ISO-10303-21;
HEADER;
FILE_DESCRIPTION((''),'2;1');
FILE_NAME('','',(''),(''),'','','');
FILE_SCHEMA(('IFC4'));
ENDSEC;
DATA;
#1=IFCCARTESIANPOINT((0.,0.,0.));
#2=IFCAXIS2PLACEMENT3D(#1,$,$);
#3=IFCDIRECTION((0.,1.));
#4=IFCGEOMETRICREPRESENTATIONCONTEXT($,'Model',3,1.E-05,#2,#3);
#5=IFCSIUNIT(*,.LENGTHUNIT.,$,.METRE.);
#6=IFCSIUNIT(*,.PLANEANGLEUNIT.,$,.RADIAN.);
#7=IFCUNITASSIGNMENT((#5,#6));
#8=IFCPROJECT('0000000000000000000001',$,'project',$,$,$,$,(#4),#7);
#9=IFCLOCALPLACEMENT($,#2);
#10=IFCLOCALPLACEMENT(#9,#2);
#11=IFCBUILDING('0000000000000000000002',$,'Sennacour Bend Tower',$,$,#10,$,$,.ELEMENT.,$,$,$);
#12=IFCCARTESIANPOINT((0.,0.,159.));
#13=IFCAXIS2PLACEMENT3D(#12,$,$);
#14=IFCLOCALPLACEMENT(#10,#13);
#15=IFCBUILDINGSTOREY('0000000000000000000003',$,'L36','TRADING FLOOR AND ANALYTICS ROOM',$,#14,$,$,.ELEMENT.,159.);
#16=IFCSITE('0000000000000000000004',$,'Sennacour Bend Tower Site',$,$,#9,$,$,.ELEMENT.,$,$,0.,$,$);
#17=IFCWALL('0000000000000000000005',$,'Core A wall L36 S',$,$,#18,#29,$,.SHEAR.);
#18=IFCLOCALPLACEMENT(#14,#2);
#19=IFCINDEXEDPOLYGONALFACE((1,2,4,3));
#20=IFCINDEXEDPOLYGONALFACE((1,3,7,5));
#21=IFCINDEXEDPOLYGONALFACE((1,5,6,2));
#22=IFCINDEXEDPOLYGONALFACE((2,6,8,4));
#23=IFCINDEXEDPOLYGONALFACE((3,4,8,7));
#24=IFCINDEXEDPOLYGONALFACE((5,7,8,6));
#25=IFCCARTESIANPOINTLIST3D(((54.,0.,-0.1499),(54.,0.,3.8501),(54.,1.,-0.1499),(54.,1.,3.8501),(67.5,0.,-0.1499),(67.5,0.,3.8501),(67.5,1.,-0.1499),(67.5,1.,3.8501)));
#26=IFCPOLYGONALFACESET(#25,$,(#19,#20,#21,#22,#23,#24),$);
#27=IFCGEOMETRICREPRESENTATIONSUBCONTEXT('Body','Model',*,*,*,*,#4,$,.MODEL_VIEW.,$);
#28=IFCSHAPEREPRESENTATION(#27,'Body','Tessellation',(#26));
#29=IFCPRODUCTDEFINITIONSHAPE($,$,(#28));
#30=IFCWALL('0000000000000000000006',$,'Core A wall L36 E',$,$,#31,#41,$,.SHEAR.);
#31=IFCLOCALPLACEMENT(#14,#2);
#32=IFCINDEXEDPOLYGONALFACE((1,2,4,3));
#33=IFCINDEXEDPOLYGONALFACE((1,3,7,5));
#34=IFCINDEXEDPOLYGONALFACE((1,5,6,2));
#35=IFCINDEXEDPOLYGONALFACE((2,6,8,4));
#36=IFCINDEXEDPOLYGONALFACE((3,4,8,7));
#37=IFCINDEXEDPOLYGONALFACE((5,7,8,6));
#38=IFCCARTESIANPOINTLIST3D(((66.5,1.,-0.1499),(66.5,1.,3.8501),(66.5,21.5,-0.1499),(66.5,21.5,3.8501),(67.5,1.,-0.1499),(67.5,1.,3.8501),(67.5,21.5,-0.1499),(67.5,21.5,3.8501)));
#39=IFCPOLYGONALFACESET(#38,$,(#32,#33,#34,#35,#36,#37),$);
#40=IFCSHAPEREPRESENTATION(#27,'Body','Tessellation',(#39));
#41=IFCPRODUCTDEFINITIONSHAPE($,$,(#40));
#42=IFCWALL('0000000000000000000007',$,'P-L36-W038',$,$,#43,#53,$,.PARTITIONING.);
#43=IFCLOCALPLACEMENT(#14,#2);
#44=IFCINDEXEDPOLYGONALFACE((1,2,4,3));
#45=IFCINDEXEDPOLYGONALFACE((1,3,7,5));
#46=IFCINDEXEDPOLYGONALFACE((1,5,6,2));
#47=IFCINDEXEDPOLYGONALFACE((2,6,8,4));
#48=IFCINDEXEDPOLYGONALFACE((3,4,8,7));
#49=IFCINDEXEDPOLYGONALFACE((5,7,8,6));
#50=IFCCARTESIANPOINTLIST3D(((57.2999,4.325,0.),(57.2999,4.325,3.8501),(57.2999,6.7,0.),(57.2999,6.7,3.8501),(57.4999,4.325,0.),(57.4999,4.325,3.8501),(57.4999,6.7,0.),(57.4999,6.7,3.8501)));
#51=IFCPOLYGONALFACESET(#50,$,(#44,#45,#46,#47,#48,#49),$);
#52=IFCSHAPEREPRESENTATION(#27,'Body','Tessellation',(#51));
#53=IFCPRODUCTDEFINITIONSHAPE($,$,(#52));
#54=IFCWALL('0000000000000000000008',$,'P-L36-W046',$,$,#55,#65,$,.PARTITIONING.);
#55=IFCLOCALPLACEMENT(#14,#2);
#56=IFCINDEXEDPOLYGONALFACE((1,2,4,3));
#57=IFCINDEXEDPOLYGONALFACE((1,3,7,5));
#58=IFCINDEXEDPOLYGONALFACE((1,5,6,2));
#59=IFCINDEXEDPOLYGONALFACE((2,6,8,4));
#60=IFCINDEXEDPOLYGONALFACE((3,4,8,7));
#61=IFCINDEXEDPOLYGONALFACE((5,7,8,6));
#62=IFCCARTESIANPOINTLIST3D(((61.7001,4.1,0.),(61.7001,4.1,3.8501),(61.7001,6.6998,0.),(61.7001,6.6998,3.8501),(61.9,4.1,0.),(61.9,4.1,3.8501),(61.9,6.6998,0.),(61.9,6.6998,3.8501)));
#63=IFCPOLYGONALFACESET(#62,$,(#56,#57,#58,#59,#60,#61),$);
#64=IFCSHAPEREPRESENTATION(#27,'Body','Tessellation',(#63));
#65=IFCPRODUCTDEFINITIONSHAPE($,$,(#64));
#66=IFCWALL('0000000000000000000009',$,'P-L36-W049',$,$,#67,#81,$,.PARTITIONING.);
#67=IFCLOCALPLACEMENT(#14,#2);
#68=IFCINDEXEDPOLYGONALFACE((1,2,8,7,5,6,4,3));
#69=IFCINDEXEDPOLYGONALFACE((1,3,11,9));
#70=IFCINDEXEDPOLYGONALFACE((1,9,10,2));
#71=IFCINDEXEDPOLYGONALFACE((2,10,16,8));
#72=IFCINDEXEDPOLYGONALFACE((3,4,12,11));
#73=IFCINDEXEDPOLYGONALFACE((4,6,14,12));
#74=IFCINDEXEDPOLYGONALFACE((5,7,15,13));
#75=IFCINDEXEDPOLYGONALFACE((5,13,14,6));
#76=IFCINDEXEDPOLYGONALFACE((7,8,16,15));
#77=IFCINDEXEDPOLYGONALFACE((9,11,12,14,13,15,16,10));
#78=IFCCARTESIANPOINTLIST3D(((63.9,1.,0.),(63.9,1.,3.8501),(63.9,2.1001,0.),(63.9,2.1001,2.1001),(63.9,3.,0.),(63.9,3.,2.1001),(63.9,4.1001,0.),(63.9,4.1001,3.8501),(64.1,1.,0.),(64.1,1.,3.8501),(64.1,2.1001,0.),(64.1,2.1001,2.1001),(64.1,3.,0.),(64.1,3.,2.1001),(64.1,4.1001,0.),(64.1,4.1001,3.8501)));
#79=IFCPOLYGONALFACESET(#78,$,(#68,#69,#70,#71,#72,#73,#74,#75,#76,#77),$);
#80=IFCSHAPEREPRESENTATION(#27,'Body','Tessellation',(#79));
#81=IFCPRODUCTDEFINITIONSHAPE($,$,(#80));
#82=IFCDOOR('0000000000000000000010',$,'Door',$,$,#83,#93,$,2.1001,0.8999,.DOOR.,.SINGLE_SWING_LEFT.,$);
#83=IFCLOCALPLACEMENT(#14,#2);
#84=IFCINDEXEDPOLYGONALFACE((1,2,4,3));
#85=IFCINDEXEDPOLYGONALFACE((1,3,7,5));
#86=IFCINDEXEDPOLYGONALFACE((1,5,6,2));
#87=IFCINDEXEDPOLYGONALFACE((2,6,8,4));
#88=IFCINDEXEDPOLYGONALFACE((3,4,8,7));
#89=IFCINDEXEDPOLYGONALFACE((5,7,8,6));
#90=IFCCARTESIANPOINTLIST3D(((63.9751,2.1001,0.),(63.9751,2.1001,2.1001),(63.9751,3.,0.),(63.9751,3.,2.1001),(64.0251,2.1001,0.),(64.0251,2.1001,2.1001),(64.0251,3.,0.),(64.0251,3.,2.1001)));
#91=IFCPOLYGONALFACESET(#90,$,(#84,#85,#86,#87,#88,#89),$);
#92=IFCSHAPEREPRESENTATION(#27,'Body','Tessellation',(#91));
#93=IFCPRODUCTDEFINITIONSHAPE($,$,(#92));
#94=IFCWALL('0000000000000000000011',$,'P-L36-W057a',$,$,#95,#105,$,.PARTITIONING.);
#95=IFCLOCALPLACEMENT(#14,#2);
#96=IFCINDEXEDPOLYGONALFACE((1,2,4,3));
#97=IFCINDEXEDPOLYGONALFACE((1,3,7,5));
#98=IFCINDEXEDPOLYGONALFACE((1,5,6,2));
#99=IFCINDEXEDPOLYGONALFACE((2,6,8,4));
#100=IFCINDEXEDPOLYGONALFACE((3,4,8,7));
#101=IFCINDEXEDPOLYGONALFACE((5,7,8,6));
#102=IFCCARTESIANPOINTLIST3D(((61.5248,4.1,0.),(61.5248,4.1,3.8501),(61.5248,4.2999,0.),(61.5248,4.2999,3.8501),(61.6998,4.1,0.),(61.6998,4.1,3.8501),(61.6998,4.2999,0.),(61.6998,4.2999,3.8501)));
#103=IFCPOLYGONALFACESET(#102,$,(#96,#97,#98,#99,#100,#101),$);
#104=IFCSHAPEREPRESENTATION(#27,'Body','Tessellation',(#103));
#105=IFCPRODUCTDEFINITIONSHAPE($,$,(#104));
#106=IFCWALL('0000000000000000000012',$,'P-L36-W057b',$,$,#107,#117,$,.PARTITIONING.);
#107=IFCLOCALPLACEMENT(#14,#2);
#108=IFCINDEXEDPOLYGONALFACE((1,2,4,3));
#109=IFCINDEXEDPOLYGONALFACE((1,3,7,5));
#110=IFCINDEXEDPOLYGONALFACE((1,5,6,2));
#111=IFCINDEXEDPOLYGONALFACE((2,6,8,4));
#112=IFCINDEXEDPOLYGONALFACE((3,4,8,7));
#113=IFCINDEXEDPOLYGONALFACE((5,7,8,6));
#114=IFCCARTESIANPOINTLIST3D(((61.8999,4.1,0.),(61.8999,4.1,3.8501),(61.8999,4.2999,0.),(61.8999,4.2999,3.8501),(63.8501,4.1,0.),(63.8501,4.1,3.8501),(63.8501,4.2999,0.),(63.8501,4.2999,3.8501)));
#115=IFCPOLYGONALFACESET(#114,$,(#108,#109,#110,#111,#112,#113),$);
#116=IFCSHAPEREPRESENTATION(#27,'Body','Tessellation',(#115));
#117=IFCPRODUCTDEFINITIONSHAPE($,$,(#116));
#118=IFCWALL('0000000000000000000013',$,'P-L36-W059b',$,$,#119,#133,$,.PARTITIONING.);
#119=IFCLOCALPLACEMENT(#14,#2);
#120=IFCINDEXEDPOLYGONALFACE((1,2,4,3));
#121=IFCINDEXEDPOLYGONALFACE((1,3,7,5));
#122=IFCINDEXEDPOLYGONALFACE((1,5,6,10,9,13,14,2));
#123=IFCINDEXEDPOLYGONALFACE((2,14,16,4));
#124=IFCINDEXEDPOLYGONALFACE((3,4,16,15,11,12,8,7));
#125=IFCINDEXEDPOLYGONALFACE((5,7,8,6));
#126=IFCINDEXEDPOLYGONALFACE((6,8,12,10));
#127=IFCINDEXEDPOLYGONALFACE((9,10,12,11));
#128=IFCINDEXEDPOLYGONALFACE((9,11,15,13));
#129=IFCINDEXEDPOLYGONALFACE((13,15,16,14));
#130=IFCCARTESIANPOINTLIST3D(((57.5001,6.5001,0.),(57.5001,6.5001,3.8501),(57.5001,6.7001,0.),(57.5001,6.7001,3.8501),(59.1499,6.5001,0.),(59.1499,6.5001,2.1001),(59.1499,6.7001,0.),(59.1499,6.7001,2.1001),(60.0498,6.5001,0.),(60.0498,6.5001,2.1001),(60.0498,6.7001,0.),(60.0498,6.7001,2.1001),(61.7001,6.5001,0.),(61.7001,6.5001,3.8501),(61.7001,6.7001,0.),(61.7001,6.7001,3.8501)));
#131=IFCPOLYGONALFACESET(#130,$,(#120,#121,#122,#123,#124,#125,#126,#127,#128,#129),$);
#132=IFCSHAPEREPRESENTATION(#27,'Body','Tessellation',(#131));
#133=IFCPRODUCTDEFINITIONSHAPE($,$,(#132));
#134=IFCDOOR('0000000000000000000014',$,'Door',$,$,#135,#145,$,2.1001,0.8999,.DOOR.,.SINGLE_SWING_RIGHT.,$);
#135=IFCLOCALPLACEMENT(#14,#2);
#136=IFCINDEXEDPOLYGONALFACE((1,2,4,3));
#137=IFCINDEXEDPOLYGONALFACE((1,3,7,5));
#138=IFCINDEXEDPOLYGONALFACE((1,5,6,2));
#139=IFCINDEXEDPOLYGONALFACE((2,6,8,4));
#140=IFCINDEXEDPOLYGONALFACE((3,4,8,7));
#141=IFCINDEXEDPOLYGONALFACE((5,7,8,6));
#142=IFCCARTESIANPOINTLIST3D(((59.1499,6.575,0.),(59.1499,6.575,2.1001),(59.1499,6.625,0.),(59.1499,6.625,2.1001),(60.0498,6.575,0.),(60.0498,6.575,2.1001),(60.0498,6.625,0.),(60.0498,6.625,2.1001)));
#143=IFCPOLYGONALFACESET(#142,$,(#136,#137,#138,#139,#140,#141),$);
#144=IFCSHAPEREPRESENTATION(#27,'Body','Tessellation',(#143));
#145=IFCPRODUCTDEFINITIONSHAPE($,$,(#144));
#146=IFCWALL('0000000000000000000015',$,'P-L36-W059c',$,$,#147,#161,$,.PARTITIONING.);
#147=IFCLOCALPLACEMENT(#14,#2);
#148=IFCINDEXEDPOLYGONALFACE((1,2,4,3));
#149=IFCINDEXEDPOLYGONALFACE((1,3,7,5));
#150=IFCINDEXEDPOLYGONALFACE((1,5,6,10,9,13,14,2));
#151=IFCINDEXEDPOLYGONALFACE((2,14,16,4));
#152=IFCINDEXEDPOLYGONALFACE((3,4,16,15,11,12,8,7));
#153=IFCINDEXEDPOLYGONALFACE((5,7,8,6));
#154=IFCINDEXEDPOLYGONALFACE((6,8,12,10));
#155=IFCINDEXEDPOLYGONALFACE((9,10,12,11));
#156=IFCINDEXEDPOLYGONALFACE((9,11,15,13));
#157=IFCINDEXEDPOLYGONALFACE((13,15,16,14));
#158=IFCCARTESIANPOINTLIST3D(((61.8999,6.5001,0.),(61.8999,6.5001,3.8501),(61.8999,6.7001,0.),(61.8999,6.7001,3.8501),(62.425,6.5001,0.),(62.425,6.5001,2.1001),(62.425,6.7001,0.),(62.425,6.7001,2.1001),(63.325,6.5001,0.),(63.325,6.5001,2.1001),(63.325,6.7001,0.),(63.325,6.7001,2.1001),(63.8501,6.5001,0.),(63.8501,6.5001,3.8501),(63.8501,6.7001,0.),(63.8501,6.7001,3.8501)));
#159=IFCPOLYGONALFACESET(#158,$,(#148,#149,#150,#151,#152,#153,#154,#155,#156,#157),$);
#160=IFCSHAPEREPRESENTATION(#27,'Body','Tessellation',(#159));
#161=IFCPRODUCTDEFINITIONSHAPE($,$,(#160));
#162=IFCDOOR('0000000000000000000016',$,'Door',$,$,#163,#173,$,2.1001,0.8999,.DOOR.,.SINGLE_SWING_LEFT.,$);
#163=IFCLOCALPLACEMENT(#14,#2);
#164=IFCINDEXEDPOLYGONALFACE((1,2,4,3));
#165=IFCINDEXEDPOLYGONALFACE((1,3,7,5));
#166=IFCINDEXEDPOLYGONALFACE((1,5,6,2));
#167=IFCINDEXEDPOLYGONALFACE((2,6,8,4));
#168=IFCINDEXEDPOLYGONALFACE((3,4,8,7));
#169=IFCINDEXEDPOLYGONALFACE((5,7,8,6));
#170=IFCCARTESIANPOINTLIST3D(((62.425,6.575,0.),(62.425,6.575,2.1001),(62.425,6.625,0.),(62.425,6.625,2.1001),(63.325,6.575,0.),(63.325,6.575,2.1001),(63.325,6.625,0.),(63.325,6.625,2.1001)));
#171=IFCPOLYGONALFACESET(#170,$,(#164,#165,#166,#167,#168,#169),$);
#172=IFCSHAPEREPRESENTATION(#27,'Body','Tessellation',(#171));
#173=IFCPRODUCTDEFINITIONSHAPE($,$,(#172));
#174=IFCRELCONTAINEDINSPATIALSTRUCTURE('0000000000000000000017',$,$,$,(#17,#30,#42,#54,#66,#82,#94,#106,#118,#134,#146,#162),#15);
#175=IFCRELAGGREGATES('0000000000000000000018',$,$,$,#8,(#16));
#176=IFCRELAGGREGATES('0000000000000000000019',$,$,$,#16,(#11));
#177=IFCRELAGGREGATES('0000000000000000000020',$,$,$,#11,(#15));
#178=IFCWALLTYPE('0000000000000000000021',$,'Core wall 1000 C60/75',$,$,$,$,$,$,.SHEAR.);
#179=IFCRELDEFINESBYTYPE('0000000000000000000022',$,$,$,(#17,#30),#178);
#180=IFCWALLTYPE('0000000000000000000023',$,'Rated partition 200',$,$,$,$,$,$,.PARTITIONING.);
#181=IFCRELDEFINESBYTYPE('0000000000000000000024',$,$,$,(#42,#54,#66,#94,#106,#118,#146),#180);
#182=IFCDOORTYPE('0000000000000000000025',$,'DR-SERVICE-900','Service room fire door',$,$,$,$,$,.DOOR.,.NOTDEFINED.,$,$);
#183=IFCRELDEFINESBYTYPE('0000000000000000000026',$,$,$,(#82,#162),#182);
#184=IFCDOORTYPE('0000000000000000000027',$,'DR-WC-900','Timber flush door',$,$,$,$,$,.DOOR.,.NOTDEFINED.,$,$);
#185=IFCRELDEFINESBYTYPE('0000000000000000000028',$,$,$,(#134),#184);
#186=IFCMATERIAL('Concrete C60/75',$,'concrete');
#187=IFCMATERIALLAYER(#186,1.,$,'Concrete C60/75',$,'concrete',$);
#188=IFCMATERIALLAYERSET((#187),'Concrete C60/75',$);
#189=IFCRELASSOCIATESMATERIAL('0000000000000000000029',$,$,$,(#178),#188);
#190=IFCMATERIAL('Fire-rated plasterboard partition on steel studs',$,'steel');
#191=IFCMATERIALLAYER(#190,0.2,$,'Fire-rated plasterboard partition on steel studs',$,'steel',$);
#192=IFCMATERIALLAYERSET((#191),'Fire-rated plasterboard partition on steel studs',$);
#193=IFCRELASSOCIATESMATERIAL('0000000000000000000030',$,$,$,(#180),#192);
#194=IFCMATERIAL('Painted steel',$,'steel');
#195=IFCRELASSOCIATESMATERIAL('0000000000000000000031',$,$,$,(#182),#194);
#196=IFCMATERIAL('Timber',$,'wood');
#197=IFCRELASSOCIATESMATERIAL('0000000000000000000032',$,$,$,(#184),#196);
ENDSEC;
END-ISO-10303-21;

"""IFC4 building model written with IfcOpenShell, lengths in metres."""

from ifc_helpers import new_model, si_unit, direction, frame, frame_2d, origin, place, context, subcontext, project, spatial, rectangle, extrude, material, layer, layer_set, type_object, element, fill, save


model = new_model("IFC4")

# Units and contexts
model_context = context("Model", 3, precision=1e-05, world=origin(), true_north=direction((0.0, 1.0)))
body_context = subcontext(model_context, "Body", "Model", "MODEL_VIEW")
ifc_project = project(units=[si_unit("LENGTHUNIT", "METRE"), si_unit("PLANEANGLEUNIT", "RADIAN")], contexts=[model_context])

# Site, building, storey
site_placement = place(None, origin())
site = spatial("IfcSite", under=ifc_project, at=site_placement, Name="Sennacour Bend Tower Site", CompositionType="ELEMENT", RefElevation=0.0)
building_placement = place(site_placement, origin())
building = spatial("IfcBuilding", under=site, at=building_placement, Name="Sennacour Bend Tower", CompositionType="ELEMENT")
storey_placement = place(building_placement, frame((0.0, 0.0, 159.0)))
storey = spatial("IfcBuildingStorey", under=building, at=storey_placement, Name="L36", Description="TRADING FLOOR AND ANALYTICS ROOM", CompositionType="ELEMENT", Elevation=159.0)

# Walls
ifc_material_1 = material(Name="Concrete C60/75", Category="concrete")
ifc_layer_1 = layer(ifc_material_1, 1.0, Name="Concrete C60/75", Category="concrete")
ifc_layer_set_1 = layer_set([ifc_layer_1], Name="Concrete C60/75")
wall_type_1 = type_object("IfcWallType", Name="Core wall 1000 C60/75", PredefinedType="SHEAR", material=ifc_layer_set_1)
wall_1_placement = place(storey_placement, frame((67.5, 0.5, -0.1499), z_axis=(0.0, 0.0, 1.0), x_axis=(-1.0, 0.0, 0.0)))
element("IfcWall", 1, at=wall_1_placement, inside=storey, type_object=wall_type_1, Name="Core A wall L36 S", PredefinedType="SHEAR", context=body_context, shape_type="SweptSolid", body=[
    extrude(rectangle(XDim=13.5, YDim=1.0, at=frame_2d((6.75, 0.0))), origin(), (0.0, 0.0, 1.0), 4.0),
])
wall_2_placement = place(storey_placement, frame((67.0, 1.0, -0.1499), z_axis=(0.0, 0.0, 1.0), x_axis=(0.0, 1.0, 0.0)))
element("IfcWall", 2, at=wall_2_placement, inside=storey, type_object=wall_type_1, Name="Core A wall L36 E", PredefinedType="SHEAR", context=body_context, shape_type="SweptSolid", body=[
    extrude(rectangle(XDim=20.5, YDim=1.0, at=frame_2d((10.25, 0.0))), origin(), (0.0, 0.0, 1.0), 4.0),
])
ifc_material_2 = material(Name="Fire-rated plasterboard partition on steel studs", Category="steel")
ifc_layer_2 = layer(ifc_material_2, 0.2, Name="Fire-rated plasterboard partition on steel studs", Category="steel")
ifc_layer_set_2 = layer_set([ifc_layer_2], Name="Fire-rated plasterboard partition on steel studs")
wall_type_2 = type_object("IfcWallType", Name="Rated partition 200", PredefinedType="PARTITIONING", material=ifc_layer_set_2)
wall_3_placement = place(storey_placement, frame((57.3999, 4.325, 0.0), z_axis=(0.0, 0.0, 1.0), x_axis=(0.0, 1.0, 0.0)))
element("IfcWall", 3, at=wall_3_placement, inside=storey, type_object=wall_type_2, Name="P-L36-W038", PredefinedType="PARTITIONING", context=body_context, shape_type="SweptSolid", body=[
    extrude(rectangle(XDim=2.375, YDim=0.2, at=frame_2d((1.1875, 0.0))), origin(), (0.0, 0.0, 1.0), 3.8501),
])
wall_4_placement = place(storey_placement, frame((61.8, 4.1001, 0.0), z_axis=(0.0, 0.0, 1.0), x_axis=(0.0, 1.0, 0.0)))
element("IfcWall", 4, at=wall_4_placement, inside=storey, type_object=wall_type_2, Name="P-L36-W046", PredefinedType="PARTITIONING", context=body_context, shape_type="SweptSolid", body=[
    extrude(rectangle(XDim=2.5999, YDim=0.2, at=frame_2d((1.2998, 0.0))), origin(), (0.0, 0.0, 1.0), 3.8501),
])

# Wall, opening, door
wall_5_placement = place(storey_placement, frame((64.0, 1.0, 0.0), z_axis=(0.0, 0.0, 1.0), x_axis=(0.0, 1.0, 0.0)))
wall_5 = element("IfcWall", 5, at=wall_5_placement, inside=storey, type_object=wall_type_2, Name="P-L36-W049", PredefinedType="PARTITIONING", context=body_context, shape_type="SweptSolid", body=[
    extrude(rectangle(XDim=3.1001, YDim=0.2, at=frame_2d((1.55, 0.0))), origin(), (0.0, 0.0, 1.0), 3.8501),
])
opening_1_placement = place(wall_5_placement, frame((1.1001, 0.0, 0.0)))
opening_1 = element("IfcOpeningElement", 6, at=opening_1_placement, cuts=wall_5, PredefinedType="OPENING", context=body_context, shape_type="SweptSolid", body=[
    extrude(rectangle(XDim=0.8999, YDim=2.1001, at=frame_2d((0.45, 1.05))), frame((0.0, 0.1099, 0.0), z_axis=(0.0, -1.0, 0.0), x_axis=(1.0, 0.0, 0.0)), (0.0, 0.0, 1.0), 0.22),
])
ifc_material_3 = material(Name="Painted steel", Category="steel")
door_type_1 = type_object("IfcDoorType", Name="DR-SERVICE-900", Description="Service room fire door", OperationType="NOTDEFINED", PredefinedType="DOOR", material=ifc_material_3)
door_1_placement = place(opening_1_placement, origin())
door_1 = element("IfcDoor", 7, at=door_1_placement, inside=storey, type_object=door_type_1, Name="Door", OperationType="SINGLE_SWING_LEFT", OverallHeight=2.1001, OverallWidth=0.8999, PredefinedType="DOOR", context=body_context, shape_type="SweptSolid", body=[
    extrude(rectangle(XDim=0.8999, YDim=2.1001, at=frame_2d((0.45, 1.05))), frame((0.0, 0.0249, 0.0), z_axis=(0.0, -1.0, 0.0), x_axis=(1.0, 0.0, 0.0)), (0.0, 0.0, 1.0), 0.05),
])
fill(opening_1, door_1)

# Walls
wall_6_placement = place(storey_placement, frame((61.5249, 4.2, 0.0), z_axis=(0.0, 0.0, 1.0), x_axis=(1.0, 0.0, 0.0)))
element("IfcWall", 8, at=wall_6_placement, inside=storey, type_object=wall_type_2, Name="P-L36-W057a", PredefinedType="PARTITIONING", context=body_context, shape_type="SweptSolid", body=[
    extrude(rectangle(XDim=0.175, YDim=0.2, at=frame_2d((0.0874, 0.0))), origin(), (0.0, 0.0, 1.0), 3.8501),
])
wall_7_placement = place(storey_placement, frame((61.8999, 4.2, 0.0), z_axis=(0.0, 0.0, 1.0), x_axis=(1.0, 0.0, 0.0)))
element("IfcWall", 9, at=wall_7_placement, inside=storey, type_object=wall_type_2, Name="P-L36-W057b", PredefinedType="PARTITIONING", context=body_context, shape_type="SweptSolid", body=[
    extrude(rectangle(XDim=1.9502, YDim=0.2, at=frame_2d((0.9751, 0.0))), origin(), (0.0, 0.0, 1.0), 3.8501),
])

# Walls, openings, doors
wall_8_placement = place(storey_placement, frame((57.5, 6.6001, 0.0), z_axis=(0.0, 0.0, 1.0), x_axis=(1.0, 0.0, 0.0)))
wall_8 = element("IfcWall", 10, at=wall_8_placement, inside=storey, type_object=wall_type_2, Name="P-L36-W059b", PredefinedType="PARTITIONING", context=body_context, shape_type="SweptSolid", body=[
    extrude(rectangle(XDim=4.2, YDim=0.2, at=frame_2d((2.1001, 0.0))), origin(), (0.0, 0.0, 1.0), 3.8501),
])
opening_2_placement = place(wall_8_placement, frame((1.6499, 0.0, 0.0)))
opening_2 = element("IfcOpeningElement", 11, at=opening_2_placement, cuts=wall_8, PredefinedType="OPENING", context=body_context, shape_type="SweptSolid", body=[
    extrude(rectangle(XDim=0.8999, YDim=2.1001, at=frame_2d((0.45, 1.05))), frame((0.0, 0.1099, 0.0), z_axis=(0.0, -1.0, 0.0), x_axis=(1.0, 0.0, 0.0)), (0.0, 0.0, 1.0), 0.22),
])
ifc_material_4 = material(Name="Timber", Category="wood")
door_type_2 = type_object("IfcDoorType", Name="DR-WC-900", Description="Timber flush door", OperationType="NOTDEFINED", PredefinedType="DOOR", material=ifc_material_4)
door_2_placement = place(opening_2_placement, origin())
door_2 = element("IfcDoor", 12, at=door_2_placement, inside=storey, type_object=door_type_2, Name="Door", OperationType="SINGLE_SWING_RIGHT", OverallHeight=2.1001, OverallWidth=0.8999, PredefinedType="DOOR", context=body_context, shape_type="SweptSolid", body=[
    extrude(rectangle(XDim=0.8999, YDim=2.1001, at=frame_2d((0.45, 1.05))), frame((0.0, 0.0249, 0.0), z_axis=(0.0, -1.0, 0.0), x_axis=(1.0, 0.0, 0.0)), (0.0, 0.0, 1.0), 0.05),
])
fill(opening_2, door_2)
wall_9_placement = place(storey_placement, frame((61.8999, 6.6001, 0.0), z_axis=(0.0, 0.0, 1.0), x_axis=(1.0, 0.0, 0.0)))
wall_9 = element("IfcWall", 13, at=wall_9_placement, inside=storey, type_object=wall_type_2, Name="P-L36-W059c", PredefinedType="PARTITIONING", context=body_context, shape_type="SweptSolid", body=[
    extrude(rectangle(XDim=1.9502, YDim=0.2, at=frame_2d((0.9751, 0.0))), origin(), (0.0, 0.0, 1.0), 3.8501),
])
opening_3_placement = place(wall_9_placement, frame((0.5251, 0.0, 0.0)))
opening_3 = element("IfcOpeningElement", 14, at=opening_3_placement, cuts=wall_9, PredefinedType="OPENING", context=body_context, shape_type="SweptSolid", body=[
    extrude(rectangle(XDim=0.8999, YDim=2.1001, at=frame_2d((0.45, 1.05))), frame((0.0, 0.1099, 0.0), z_axis=(0.0, -1.0, 0.0), x_axis=(1.0, 0.0, 0.0)), (0.0, 0.0, 1.0), 0.22),
])
door_3_placement = place(opening_3_placement, origin())
door_3 = element("IfcDoor", 15, at=door_3_placement, inside=storey, type_object=door_type_1, Name="Door", OperationType="SINGLE_SWING_LEFT", OverallHeight=2.1001, OverallWidth=0.8999, PredefinedType="DOOR", context=body_context, shape_type="SweptSolid", body=[
    extrude(rectangle(XDim=0.8999, YDim=2.1001, at=frame_2d((0.45, 1.05))), frame((0.0, 0.0249, 0.0), z_axis=(0.0, -1.0, 0.0), x_axis=(1.0, 0.0, 0.0)), (0.0, 0.0, 1.0), 0.05),
])
fill(opening_3, door_3)

save(model, "model.ifc")
